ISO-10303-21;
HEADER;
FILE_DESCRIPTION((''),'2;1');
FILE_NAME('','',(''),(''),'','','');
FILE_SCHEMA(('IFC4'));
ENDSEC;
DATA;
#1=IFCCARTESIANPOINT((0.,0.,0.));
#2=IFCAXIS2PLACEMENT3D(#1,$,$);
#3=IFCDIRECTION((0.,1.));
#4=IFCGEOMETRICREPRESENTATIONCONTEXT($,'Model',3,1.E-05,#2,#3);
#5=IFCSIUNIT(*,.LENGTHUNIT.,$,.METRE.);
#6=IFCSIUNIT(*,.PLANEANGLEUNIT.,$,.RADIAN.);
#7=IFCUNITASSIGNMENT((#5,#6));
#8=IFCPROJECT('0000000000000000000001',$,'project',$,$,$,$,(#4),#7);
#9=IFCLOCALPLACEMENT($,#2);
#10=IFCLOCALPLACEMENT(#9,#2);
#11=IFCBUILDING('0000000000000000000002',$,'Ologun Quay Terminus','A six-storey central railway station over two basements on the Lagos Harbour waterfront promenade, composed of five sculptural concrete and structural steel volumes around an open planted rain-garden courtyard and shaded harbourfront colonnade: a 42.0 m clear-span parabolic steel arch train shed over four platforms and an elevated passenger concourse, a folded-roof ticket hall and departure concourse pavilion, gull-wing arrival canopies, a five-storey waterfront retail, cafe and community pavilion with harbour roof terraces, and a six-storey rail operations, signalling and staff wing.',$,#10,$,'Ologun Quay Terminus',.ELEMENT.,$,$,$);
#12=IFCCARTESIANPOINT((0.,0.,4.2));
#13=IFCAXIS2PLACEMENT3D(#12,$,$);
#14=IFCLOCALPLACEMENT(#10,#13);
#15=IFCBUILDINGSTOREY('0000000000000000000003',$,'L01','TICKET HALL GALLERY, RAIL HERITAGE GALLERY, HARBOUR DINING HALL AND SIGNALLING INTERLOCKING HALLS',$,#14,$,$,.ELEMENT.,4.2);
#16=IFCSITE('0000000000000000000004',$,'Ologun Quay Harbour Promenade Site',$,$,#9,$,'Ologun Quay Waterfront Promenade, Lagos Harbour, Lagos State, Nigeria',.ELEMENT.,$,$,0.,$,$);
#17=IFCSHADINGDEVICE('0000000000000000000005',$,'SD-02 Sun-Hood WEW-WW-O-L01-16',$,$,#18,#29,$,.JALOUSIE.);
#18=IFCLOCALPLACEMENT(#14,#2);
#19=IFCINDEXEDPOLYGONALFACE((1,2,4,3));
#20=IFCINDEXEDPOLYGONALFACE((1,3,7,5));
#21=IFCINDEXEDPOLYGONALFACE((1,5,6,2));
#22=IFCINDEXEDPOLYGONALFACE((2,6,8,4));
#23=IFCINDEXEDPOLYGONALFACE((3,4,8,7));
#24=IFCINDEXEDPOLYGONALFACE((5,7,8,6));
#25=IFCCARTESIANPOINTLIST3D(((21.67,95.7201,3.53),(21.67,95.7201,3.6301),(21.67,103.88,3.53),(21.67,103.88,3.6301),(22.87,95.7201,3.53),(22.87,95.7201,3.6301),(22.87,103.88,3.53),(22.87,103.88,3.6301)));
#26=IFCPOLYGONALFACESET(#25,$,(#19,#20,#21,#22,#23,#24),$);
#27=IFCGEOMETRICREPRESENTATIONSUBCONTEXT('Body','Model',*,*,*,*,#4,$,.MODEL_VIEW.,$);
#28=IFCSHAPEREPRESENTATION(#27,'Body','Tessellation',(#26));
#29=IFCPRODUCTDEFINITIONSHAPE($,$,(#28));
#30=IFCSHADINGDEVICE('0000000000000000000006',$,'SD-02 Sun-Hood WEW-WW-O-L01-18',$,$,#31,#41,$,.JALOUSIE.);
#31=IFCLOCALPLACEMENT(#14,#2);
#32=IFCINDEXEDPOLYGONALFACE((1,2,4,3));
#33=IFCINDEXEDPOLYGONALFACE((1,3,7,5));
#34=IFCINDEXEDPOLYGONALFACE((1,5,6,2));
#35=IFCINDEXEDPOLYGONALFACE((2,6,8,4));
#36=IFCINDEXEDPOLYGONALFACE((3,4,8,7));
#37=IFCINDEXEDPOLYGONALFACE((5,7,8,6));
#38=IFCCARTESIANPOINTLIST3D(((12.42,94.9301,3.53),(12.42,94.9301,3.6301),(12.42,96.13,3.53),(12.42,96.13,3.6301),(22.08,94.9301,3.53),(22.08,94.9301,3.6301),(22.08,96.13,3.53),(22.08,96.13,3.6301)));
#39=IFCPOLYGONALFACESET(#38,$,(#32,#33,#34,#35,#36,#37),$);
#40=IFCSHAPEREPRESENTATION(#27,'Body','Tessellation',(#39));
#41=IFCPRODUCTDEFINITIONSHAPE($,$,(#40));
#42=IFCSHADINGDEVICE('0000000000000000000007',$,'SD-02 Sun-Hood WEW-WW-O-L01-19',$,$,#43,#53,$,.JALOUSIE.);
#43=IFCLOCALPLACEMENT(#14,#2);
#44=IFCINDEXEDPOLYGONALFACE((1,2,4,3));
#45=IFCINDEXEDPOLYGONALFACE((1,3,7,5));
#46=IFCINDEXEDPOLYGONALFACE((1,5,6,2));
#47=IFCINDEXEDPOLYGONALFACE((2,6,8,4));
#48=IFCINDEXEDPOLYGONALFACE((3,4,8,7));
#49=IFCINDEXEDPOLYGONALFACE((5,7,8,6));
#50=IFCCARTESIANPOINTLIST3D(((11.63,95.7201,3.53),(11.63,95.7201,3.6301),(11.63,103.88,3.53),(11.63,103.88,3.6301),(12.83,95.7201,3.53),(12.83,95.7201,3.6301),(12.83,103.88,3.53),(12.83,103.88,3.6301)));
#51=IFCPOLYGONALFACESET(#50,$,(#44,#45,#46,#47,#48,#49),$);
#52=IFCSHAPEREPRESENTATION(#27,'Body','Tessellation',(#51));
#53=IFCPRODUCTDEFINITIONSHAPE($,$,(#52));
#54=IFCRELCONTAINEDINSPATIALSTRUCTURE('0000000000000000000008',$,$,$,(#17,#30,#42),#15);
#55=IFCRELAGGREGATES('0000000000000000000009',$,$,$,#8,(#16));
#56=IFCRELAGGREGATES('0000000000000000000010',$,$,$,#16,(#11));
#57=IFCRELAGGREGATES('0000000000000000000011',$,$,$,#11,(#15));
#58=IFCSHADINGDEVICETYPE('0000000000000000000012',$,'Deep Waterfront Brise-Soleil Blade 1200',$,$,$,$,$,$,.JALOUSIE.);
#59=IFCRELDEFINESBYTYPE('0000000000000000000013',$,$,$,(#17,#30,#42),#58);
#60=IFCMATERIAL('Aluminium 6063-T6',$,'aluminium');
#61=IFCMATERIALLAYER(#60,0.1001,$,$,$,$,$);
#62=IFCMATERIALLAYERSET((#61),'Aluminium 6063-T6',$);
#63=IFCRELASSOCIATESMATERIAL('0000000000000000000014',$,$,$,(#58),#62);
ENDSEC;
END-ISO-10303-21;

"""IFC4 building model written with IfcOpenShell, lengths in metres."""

from ifc_helpers import new_model, si_unit, direction, frame, origin, origin_2d, place, context, subcontext, project, spatial, rectangle, extrude, material, layer, layer_set, type_object, element, save


model = new_model("IFC4")

# Units and contexts
model_context = context("Model", 3, precision=1e-05, world=origin(), true_north=direction((0.0, 1.0)))
body_context = subcontext(model_context, "Body", "Model", "MODEL_VIEW")
ifc_project = project(units=[si_unit("LENGTHUNIT", "METRE"), si_unit("PLANEANGLEUNIT", "RADIAN")], contexts=[model_context])

# Site, building, storey
site_placement = place(None, origin())
site = spatial("IfcSite", under=ifc_project, at=site_placement, Name="Ologun Quay Harbour Promenade Site", LongName="Ologun Quay Waterfront Promenade, Lagos Harbour, Lagos State, Nigeria", CompositionType="ELEMENT", RefElevation=0.0)
building_placement = place(site_placement, origin())
building = spatial("IfcBuilding", under=site, at=building_placement, Name="Ologun Quay Terminus", Description="A six-storey central railway station over two basements on the Lagos Harbour waterfront promenade, composed of five sculptural concrete and structural steel volumes around an open planted rain-garden courtyard and shaded harbourfront colonnade: a 42.0 m clear-span parabolic steel arch train shed over four platforms and an elevated passenger concourse, a folded-roof ticket hall and departure concourse pavilion, gull-wing arrival canopies, a five-storey waterfront retail, cafe and community pavilion with harbour roof terraces, and a six-storey rail operations, signalling and staff wing.", LongName="Ologun Quay Terminus", CompositionType="ELEMENT")
storey_placement = place(building_placement, frame((0.0, 0.0, 4.2)))
storey = spatial("IfcBuildingStorey", under=building, at=storey_placement, Name="L01", Description="TICKET HALL GALLERY, RAIL HERITAGE GALLERY, HARBOUR DINING HALL AND SIGNALLING INTERLOCKING HALLS", CompositionType="ELEMENT", Elevation=4.2)

# Shading devices
ifc_material_1 = material(Name="Aluminium 6063-T6", Category="aluminium")
ifc_layer_1 = layer(ifc_material_1, 0.1001)
ifc_layer_set_1 = layer_set([ifc_layer_1], Name="Aluminium 6063-T6")
shading_device_type = type_object("IfcShadingDeviceType", Name="Deep Waterfront Brise-Soleil Blade 1200", PredefinedType="JALOUSIE", material=ifc_layer_set_1)
shading_device_1_placement = place(storey_placement, frame((22.27, 99.8, 3.53), z_axis=(0.0, 0.0, 1.0), x_axis=(1.0, 0.0, 0.0)))
element("IfcShadingDevice", 1, at=shading_device_1_placement, inside=storey, type_object=shading_device_type, Name="SD-02 Sun-Hood WEW-WW-O-L01-16", PredefinedType="JALOUSIE", context=body_context, shape_type="SweptSolid", body=[
    extrude(rectangle(XDim=1.2, YDim=8.1599, at=origin_2d()), origin(), (0.0, 0.0, 1.0), 0.1001),
])
shading_device_2_placement = place(storey_placement, frame((17.25, 95.53, 3.53), z_axis=(0.0, 0.0, 1.0), x_axis=(1.0, 0.0, 0.0)))
element("IfcShadingDevice", 2, at=shading_device_2_placement, inside=storey, type_object=shading_device_type, Name="SD-02 Sun-Hood WEW-WW-O-L01-18", PredefinedType="JALOUSIE", context=body_context, shape_type="SweptSolid", body=[
    extrude(rectangle(XDim=9.6599, YDim=1.2, at=origin_2d()), origin(), (0.0, 0.0, 1.0), 0.1001),
])
shading_device_3_placement = place(storey_placement, frame((12.23, 99.8, 3.53), z_axis=(0.0, 0.0, 1.0), x_axis=(1.0, 0.0, 0.0)))
element("IfcShadingDevice", 3, at=shading_device_3_placement, inside=storey, type_object=shading_device_type, Name="SD-02 Sun-Hood WEW-WW-O-L01-19", PredefinedType="JALOUSIE", context=body_context, shape_type="SweptSolid", body=[
    extrude(rectangle(XDim=1.2, YDim=8.1599, at=origin_2d()), origin(), (0.0, 0.0, 1.0), 0.1001),
])

save(model, "model.ifc")
